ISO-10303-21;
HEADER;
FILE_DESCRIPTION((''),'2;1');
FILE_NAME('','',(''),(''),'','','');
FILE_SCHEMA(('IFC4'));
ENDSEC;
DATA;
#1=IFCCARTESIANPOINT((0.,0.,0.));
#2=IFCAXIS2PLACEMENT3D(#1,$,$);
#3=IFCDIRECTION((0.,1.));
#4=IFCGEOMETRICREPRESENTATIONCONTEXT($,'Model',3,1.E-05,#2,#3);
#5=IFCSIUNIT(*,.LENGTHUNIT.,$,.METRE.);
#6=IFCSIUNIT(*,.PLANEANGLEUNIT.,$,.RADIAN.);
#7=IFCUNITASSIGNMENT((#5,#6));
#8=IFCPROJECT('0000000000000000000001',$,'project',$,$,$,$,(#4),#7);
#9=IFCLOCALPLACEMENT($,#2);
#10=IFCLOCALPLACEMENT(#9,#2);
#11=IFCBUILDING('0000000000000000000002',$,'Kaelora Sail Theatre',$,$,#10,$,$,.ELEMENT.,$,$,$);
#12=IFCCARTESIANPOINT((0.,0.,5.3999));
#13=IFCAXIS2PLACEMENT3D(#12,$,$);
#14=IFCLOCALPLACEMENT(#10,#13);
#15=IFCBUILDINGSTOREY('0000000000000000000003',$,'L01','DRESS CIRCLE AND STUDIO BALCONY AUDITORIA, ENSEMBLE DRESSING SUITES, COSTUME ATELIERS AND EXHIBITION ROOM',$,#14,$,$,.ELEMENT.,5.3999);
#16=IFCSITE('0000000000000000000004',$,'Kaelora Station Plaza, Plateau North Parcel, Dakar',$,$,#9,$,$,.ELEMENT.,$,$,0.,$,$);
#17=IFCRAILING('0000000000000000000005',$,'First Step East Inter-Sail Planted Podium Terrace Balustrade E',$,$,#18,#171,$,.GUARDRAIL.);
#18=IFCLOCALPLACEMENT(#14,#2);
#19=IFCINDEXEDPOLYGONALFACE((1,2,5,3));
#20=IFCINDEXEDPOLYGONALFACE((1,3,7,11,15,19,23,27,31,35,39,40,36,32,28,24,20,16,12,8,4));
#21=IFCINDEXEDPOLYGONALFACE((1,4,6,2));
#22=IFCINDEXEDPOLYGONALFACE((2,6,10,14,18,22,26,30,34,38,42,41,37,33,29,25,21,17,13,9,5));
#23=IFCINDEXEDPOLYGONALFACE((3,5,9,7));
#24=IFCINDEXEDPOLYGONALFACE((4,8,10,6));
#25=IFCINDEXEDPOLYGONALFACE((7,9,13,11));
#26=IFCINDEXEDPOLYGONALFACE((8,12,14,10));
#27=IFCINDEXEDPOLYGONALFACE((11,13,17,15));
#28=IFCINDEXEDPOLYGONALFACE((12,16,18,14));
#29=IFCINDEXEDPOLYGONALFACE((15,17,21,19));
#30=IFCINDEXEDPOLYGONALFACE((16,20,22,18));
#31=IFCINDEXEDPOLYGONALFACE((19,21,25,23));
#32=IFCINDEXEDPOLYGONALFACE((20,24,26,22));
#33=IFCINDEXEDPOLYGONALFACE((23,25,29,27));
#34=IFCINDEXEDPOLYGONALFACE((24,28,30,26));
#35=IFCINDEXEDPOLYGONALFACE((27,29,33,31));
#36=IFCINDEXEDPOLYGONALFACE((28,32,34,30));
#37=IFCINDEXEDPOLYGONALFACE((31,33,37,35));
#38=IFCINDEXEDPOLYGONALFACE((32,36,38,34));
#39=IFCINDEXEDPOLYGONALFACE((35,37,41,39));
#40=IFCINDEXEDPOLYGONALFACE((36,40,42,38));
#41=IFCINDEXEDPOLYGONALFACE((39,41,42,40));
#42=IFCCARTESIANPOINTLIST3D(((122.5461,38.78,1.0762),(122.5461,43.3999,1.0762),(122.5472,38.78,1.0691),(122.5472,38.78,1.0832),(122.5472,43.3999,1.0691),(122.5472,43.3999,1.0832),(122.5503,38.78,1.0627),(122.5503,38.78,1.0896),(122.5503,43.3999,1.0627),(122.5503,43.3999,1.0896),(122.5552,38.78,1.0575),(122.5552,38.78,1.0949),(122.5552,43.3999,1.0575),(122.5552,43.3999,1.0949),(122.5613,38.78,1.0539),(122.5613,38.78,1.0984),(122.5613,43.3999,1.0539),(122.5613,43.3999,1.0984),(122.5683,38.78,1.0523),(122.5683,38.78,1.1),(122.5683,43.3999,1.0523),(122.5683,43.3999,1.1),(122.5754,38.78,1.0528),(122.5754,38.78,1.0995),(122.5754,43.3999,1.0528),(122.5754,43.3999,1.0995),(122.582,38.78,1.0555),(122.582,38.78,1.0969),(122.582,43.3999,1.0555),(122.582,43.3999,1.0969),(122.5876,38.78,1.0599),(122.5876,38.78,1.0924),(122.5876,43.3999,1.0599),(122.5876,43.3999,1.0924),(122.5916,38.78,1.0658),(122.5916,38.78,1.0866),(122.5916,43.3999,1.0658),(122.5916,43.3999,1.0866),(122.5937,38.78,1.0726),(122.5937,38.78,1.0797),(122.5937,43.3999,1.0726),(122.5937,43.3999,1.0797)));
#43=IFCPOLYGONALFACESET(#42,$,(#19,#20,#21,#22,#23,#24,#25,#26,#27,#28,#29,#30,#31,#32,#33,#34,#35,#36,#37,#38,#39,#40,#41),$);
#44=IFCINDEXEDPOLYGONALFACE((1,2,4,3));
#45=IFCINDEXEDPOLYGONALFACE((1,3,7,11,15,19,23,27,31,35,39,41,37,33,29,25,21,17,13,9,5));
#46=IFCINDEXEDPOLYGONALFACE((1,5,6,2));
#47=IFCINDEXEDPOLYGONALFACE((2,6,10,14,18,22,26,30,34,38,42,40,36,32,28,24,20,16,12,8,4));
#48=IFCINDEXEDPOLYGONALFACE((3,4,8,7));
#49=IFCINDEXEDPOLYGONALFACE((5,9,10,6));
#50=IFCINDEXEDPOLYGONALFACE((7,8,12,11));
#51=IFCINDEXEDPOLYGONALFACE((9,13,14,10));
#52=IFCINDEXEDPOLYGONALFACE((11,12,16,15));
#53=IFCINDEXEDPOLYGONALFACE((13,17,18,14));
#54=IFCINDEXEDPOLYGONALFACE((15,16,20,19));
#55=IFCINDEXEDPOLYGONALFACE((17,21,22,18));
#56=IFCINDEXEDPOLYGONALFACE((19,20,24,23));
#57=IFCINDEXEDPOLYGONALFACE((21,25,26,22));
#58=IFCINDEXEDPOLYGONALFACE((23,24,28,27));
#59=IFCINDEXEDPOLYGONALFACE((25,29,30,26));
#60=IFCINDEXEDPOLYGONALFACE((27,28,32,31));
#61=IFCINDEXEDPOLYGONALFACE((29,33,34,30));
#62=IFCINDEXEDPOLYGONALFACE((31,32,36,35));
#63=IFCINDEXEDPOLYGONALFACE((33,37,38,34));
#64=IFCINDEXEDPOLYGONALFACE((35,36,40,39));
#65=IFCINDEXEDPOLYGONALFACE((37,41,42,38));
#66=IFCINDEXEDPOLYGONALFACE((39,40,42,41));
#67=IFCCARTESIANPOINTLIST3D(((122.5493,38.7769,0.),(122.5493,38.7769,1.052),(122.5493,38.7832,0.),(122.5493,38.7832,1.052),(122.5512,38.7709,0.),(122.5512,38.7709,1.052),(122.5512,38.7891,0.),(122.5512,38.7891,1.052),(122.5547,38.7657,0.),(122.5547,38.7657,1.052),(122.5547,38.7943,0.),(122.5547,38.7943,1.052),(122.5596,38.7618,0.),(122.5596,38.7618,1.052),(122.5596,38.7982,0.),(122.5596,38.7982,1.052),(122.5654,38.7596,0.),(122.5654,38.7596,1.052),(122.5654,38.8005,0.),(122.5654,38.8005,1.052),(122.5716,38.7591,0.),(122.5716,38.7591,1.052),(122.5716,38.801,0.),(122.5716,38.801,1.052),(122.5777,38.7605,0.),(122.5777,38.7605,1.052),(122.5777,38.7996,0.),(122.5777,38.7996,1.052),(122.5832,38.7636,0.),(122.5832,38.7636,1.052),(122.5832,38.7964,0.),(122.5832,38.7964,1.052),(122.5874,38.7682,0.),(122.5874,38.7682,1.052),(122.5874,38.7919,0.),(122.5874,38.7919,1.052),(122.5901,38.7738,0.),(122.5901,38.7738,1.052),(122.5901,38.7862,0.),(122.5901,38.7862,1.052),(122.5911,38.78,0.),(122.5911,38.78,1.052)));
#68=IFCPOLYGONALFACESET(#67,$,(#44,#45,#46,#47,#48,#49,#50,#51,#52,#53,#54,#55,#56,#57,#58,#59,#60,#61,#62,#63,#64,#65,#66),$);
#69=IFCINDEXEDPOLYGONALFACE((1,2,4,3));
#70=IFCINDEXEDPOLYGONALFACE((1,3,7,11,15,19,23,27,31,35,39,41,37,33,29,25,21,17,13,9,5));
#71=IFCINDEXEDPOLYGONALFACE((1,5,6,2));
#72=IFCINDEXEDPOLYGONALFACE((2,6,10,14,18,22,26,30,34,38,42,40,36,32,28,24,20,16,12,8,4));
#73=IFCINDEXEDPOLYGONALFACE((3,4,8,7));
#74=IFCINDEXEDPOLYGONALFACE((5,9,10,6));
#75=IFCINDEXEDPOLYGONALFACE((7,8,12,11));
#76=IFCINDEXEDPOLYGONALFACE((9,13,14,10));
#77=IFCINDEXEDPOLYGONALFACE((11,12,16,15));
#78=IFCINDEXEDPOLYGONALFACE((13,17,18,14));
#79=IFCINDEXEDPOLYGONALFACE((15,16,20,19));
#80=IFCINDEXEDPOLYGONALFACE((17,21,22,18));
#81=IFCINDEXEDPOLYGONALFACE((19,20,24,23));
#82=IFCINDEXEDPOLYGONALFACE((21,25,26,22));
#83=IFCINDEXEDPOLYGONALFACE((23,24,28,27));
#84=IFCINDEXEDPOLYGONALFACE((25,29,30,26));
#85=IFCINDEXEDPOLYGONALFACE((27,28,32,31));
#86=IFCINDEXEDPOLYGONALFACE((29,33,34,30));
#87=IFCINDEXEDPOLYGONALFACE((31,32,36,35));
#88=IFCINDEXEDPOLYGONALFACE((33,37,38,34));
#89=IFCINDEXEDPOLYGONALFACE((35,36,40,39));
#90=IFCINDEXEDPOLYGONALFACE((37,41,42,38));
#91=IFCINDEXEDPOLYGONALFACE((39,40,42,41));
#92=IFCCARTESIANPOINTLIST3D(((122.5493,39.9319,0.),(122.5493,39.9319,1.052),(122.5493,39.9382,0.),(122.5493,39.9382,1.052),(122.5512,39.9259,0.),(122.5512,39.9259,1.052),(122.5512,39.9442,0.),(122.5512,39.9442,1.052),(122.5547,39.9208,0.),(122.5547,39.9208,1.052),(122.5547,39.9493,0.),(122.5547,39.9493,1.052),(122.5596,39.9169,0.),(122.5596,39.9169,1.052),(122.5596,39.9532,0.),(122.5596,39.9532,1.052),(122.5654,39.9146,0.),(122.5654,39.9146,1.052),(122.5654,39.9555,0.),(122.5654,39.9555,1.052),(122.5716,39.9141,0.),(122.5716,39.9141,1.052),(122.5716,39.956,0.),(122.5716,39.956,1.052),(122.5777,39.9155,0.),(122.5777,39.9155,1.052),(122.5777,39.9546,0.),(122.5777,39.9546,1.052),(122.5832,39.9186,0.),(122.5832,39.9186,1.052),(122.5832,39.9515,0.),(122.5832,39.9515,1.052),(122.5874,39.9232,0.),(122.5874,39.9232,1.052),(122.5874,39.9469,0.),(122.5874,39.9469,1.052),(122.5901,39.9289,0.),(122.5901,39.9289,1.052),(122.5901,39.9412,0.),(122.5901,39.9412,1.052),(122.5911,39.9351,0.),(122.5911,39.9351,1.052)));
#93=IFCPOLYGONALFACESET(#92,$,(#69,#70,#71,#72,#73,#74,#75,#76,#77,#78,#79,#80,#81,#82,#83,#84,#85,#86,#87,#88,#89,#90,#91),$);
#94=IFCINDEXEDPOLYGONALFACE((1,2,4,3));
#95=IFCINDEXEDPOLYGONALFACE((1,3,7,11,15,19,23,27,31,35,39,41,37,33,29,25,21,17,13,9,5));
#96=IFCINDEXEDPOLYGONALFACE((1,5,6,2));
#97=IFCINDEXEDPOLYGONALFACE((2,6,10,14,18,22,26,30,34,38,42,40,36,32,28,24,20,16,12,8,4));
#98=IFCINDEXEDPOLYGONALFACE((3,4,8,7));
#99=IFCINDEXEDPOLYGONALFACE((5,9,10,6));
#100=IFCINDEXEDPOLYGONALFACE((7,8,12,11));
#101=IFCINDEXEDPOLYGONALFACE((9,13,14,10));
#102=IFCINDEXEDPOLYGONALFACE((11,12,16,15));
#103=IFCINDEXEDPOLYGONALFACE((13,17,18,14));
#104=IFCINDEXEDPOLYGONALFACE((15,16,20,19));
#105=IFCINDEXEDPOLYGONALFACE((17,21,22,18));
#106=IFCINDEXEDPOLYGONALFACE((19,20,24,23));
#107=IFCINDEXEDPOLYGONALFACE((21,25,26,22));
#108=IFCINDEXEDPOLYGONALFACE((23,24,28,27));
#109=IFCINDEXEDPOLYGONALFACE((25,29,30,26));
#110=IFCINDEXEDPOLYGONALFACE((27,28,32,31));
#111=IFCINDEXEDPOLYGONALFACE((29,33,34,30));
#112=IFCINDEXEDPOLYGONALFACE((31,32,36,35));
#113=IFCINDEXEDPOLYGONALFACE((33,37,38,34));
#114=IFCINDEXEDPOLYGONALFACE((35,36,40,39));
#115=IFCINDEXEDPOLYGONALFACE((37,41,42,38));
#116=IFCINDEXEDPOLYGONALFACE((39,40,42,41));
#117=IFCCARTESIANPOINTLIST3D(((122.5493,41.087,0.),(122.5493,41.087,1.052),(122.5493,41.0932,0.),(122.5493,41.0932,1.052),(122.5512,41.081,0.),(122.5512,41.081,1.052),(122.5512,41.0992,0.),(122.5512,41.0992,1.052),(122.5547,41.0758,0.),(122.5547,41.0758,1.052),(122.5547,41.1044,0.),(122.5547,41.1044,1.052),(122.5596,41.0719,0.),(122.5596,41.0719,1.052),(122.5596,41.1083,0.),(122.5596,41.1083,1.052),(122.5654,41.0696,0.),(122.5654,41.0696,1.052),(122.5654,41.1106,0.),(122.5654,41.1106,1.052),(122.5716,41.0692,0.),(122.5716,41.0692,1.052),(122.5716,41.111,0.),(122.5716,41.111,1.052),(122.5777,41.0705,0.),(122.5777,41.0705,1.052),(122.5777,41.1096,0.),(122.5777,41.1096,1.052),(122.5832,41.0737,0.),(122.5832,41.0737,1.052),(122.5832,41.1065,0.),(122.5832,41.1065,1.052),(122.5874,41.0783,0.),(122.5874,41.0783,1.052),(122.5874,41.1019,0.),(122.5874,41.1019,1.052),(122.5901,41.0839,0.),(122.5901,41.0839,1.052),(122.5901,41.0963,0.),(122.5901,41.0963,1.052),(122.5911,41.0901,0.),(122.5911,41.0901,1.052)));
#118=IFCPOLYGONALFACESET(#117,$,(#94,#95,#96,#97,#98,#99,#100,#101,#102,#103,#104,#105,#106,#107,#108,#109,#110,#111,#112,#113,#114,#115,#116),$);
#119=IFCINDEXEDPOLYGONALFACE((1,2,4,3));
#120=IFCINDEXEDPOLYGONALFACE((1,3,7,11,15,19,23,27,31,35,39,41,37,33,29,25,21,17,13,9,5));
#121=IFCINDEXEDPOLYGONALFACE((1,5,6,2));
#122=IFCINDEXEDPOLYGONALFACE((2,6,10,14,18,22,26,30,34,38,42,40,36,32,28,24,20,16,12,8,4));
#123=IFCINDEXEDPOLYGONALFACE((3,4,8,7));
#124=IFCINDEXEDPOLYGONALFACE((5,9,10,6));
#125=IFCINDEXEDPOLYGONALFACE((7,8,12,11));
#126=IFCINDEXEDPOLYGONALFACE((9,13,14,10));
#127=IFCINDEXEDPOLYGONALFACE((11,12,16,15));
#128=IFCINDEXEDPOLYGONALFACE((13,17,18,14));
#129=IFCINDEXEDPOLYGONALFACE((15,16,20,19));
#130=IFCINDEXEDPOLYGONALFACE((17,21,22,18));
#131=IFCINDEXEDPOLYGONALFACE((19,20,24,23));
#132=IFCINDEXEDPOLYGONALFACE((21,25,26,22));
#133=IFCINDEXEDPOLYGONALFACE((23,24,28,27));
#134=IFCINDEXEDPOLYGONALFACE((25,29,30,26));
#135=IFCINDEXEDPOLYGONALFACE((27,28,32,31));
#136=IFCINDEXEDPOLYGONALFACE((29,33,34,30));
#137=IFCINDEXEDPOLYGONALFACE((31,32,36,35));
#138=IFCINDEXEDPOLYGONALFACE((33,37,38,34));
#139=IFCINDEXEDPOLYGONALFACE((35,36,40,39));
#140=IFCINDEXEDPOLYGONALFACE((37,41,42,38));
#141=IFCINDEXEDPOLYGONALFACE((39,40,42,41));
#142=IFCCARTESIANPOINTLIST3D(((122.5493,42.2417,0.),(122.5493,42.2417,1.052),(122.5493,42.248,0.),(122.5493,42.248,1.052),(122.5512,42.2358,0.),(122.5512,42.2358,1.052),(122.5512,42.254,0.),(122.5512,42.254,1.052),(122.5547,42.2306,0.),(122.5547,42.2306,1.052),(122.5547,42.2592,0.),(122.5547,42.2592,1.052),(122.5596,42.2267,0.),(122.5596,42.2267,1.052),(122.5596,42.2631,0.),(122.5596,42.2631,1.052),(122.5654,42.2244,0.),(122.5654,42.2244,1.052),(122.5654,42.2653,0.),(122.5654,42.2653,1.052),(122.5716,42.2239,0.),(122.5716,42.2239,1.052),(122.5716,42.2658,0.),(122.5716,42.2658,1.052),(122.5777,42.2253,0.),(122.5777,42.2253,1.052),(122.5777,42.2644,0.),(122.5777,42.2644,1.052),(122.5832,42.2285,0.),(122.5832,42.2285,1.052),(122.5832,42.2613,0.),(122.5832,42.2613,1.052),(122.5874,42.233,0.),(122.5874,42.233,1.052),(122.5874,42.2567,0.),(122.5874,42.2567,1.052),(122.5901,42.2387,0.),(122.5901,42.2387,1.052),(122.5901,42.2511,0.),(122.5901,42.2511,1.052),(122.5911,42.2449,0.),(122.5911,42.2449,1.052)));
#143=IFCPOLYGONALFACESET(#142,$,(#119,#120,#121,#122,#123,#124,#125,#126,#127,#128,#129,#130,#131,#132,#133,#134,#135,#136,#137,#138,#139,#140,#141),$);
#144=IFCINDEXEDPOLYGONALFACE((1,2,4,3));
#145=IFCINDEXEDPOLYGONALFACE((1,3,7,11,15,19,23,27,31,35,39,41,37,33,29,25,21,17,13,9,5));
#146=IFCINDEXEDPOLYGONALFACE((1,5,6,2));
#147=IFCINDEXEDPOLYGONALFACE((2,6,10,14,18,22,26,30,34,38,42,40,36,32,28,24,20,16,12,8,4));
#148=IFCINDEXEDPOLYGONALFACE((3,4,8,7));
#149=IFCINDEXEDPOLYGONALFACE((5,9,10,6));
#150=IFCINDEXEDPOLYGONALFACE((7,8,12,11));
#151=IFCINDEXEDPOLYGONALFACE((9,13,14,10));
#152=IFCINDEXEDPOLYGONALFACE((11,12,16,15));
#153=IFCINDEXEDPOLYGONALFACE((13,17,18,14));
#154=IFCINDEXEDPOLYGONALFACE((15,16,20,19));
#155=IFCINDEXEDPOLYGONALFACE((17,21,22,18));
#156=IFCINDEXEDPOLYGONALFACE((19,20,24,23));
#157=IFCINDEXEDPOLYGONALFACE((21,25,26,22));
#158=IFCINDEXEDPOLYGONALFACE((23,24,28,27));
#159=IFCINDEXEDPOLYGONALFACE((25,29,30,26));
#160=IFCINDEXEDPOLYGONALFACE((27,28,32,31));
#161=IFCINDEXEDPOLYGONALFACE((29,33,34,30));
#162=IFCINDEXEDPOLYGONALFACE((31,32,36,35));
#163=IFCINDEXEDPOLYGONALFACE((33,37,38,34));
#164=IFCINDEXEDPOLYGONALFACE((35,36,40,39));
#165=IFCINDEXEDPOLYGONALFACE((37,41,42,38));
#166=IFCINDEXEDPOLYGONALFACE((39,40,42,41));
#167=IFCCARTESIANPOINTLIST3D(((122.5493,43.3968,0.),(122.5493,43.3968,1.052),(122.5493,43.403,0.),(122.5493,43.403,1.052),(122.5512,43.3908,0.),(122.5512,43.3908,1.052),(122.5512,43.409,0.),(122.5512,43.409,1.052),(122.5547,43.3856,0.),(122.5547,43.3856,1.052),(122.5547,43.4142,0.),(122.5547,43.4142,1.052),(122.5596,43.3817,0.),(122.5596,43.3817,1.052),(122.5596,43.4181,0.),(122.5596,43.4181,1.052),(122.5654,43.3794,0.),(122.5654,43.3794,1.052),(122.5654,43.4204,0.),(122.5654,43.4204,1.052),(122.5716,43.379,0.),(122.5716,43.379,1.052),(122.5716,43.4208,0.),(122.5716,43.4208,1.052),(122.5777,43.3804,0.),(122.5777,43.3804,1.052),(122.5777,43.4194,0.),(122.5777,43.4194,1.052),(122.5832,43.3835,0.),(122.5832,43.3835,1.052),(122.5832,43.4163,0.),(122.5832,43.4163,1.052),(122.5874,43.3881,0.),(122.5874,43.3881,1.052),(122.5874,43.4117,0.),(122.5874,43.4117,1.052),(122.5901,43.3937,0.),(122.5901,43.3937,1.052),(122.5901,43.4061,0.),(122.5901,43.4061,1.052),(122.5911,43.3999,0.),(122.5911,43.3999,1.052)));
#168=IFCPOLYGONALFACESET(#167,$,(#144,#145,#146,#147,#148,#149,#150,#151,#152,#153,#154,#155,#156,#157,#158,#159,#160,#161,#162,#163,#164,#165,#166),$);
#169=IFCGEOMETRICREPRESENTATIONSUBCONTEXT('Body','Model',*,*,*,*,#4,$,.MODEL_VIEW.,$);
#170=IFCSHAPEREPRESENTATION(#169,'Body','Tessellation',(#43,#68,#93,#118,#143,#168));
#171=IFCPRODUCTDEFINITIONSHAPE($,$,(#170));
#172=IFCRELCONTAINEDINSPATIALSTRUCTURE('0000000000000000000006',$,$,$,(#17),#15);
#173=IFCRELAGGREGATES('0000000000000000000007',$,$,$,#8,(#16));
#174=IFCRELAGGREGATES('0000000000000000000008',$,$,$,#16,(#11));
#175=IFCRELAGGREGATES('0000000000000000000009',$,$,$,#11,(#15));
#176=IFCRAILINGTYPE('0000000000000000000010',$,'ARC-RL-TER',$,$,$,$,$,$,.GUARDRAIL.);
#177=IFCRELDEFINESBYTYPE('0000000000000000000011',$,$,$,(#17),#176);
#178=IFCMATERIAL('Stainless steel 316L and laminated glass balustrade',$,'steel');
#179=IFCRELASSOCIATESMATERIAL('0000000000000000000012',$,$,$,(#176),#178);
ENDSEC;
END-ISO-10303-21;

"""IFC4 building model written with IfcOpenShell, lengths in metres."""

from ifc_helpers import new_model, si_unit, direction, frame, origin, origin_2d, place, context, subcontext, project, spatial, circle, extrude, material, type_object, element, save


model = new_model("IFC4")

# Units and contexts
model_context = context("Model", 3, precision=1e-05, world=origin(), true_north=direction((0.0, 1.0)))
body_context = subcontext(model_context, "Body", "Model", "MODEL_VIEW")
ifc_project = project(units=[si_unit("LENGTHUNIT", "METRE"), si_unit("PLANEANGLEUNIT", "RADIAN")], contexts=[model_context])

# Site, building, storey
site_placement = place(None, origin())
site = spatial("IfcSite", under=ifc_project, at=site_placement, Name="Kaelora Station Plaza, Plateau North Parcel, Dakar", CompositionType="ELEMENT", RefElevation=0.0)
building_placement = place(site_placement, origin())
building = spatial("IfcBuilding", under=site, at=building_placement, Name="Kaelora Sail Theatre", CompositionType="ELEMENT")
storey_placement = place(building_placement, frame((0.0, 0.0, 5.3999)))
storey = spatial("IfcBuildingStorey", under=building, at=storey_placement, Name="L01", Description="DRESS CIRCLE AND STUDIO BALCONY AUDITORIA, ENSEMBLE DRESSING SUITES, COSTUME ATELIERS AND EXHIBITION ROOM", CompositionType="ELEMENT", Elevation=5.3999)

# Railing
ifc_material_1 = material(Name="Stainless steel 316L and laminated glass balustrade", Category="steel")
railing_type = type_object("IfcRailingType", Name="ARC-RL-TER", PredefinedType="GUARDRAIL", material=ifc_material_1)
railing_placement = place(storey_placement, frame((122.5701, 38.78, 0.0)))
element("IfcRailing", 1, at=railing_placement, inside=storey, type_object=railing_type, Name="First Step East Inter-Sail Planted Podium Terrace Balustrade E", PredefinedType="GUARDRAIL", context=body_context, shape_type="SweptSolid", body=[
    extrude(circle(Radius=0.0239, at=origin_2d()), frame((0.0, 0.0, 1.0762), z_axis=(0.0, 1.0, 0.0), x_axis=(-1.0, 0.0, 0.0)), (0.0, 0.0, 1.0), 4.6199),
    extrude(circle(Radius=0.021, at=origin_2d()), origin(), (0.0, 0.0, 1.0), 1.052),
    extrude(circle(Radius=0.021, at=origin_2d()), frame((0.0, 1.155, 0.0)), (0.0, 0.0, 1.0), 1.052),
    extrude(circle(Radius=0.021, at=origin_2d()), frame((0.0, 2.3101, 0.0)), (0.0, 0.0, 1.0), 1.052),
    extrude(circle(Radius=0.021, at=origin_2d()), frame((0.0, 3.4648, 0.0)), (0.0, 0.0, 1.0), 1.052),
    extrude(circle(Radius=0.021, at=origin_2d()), frame((0.0, 4.6199, 0.0)), (0.0, 0.0, 1.0), 1.052),
])

save(model, "model.ifc")
